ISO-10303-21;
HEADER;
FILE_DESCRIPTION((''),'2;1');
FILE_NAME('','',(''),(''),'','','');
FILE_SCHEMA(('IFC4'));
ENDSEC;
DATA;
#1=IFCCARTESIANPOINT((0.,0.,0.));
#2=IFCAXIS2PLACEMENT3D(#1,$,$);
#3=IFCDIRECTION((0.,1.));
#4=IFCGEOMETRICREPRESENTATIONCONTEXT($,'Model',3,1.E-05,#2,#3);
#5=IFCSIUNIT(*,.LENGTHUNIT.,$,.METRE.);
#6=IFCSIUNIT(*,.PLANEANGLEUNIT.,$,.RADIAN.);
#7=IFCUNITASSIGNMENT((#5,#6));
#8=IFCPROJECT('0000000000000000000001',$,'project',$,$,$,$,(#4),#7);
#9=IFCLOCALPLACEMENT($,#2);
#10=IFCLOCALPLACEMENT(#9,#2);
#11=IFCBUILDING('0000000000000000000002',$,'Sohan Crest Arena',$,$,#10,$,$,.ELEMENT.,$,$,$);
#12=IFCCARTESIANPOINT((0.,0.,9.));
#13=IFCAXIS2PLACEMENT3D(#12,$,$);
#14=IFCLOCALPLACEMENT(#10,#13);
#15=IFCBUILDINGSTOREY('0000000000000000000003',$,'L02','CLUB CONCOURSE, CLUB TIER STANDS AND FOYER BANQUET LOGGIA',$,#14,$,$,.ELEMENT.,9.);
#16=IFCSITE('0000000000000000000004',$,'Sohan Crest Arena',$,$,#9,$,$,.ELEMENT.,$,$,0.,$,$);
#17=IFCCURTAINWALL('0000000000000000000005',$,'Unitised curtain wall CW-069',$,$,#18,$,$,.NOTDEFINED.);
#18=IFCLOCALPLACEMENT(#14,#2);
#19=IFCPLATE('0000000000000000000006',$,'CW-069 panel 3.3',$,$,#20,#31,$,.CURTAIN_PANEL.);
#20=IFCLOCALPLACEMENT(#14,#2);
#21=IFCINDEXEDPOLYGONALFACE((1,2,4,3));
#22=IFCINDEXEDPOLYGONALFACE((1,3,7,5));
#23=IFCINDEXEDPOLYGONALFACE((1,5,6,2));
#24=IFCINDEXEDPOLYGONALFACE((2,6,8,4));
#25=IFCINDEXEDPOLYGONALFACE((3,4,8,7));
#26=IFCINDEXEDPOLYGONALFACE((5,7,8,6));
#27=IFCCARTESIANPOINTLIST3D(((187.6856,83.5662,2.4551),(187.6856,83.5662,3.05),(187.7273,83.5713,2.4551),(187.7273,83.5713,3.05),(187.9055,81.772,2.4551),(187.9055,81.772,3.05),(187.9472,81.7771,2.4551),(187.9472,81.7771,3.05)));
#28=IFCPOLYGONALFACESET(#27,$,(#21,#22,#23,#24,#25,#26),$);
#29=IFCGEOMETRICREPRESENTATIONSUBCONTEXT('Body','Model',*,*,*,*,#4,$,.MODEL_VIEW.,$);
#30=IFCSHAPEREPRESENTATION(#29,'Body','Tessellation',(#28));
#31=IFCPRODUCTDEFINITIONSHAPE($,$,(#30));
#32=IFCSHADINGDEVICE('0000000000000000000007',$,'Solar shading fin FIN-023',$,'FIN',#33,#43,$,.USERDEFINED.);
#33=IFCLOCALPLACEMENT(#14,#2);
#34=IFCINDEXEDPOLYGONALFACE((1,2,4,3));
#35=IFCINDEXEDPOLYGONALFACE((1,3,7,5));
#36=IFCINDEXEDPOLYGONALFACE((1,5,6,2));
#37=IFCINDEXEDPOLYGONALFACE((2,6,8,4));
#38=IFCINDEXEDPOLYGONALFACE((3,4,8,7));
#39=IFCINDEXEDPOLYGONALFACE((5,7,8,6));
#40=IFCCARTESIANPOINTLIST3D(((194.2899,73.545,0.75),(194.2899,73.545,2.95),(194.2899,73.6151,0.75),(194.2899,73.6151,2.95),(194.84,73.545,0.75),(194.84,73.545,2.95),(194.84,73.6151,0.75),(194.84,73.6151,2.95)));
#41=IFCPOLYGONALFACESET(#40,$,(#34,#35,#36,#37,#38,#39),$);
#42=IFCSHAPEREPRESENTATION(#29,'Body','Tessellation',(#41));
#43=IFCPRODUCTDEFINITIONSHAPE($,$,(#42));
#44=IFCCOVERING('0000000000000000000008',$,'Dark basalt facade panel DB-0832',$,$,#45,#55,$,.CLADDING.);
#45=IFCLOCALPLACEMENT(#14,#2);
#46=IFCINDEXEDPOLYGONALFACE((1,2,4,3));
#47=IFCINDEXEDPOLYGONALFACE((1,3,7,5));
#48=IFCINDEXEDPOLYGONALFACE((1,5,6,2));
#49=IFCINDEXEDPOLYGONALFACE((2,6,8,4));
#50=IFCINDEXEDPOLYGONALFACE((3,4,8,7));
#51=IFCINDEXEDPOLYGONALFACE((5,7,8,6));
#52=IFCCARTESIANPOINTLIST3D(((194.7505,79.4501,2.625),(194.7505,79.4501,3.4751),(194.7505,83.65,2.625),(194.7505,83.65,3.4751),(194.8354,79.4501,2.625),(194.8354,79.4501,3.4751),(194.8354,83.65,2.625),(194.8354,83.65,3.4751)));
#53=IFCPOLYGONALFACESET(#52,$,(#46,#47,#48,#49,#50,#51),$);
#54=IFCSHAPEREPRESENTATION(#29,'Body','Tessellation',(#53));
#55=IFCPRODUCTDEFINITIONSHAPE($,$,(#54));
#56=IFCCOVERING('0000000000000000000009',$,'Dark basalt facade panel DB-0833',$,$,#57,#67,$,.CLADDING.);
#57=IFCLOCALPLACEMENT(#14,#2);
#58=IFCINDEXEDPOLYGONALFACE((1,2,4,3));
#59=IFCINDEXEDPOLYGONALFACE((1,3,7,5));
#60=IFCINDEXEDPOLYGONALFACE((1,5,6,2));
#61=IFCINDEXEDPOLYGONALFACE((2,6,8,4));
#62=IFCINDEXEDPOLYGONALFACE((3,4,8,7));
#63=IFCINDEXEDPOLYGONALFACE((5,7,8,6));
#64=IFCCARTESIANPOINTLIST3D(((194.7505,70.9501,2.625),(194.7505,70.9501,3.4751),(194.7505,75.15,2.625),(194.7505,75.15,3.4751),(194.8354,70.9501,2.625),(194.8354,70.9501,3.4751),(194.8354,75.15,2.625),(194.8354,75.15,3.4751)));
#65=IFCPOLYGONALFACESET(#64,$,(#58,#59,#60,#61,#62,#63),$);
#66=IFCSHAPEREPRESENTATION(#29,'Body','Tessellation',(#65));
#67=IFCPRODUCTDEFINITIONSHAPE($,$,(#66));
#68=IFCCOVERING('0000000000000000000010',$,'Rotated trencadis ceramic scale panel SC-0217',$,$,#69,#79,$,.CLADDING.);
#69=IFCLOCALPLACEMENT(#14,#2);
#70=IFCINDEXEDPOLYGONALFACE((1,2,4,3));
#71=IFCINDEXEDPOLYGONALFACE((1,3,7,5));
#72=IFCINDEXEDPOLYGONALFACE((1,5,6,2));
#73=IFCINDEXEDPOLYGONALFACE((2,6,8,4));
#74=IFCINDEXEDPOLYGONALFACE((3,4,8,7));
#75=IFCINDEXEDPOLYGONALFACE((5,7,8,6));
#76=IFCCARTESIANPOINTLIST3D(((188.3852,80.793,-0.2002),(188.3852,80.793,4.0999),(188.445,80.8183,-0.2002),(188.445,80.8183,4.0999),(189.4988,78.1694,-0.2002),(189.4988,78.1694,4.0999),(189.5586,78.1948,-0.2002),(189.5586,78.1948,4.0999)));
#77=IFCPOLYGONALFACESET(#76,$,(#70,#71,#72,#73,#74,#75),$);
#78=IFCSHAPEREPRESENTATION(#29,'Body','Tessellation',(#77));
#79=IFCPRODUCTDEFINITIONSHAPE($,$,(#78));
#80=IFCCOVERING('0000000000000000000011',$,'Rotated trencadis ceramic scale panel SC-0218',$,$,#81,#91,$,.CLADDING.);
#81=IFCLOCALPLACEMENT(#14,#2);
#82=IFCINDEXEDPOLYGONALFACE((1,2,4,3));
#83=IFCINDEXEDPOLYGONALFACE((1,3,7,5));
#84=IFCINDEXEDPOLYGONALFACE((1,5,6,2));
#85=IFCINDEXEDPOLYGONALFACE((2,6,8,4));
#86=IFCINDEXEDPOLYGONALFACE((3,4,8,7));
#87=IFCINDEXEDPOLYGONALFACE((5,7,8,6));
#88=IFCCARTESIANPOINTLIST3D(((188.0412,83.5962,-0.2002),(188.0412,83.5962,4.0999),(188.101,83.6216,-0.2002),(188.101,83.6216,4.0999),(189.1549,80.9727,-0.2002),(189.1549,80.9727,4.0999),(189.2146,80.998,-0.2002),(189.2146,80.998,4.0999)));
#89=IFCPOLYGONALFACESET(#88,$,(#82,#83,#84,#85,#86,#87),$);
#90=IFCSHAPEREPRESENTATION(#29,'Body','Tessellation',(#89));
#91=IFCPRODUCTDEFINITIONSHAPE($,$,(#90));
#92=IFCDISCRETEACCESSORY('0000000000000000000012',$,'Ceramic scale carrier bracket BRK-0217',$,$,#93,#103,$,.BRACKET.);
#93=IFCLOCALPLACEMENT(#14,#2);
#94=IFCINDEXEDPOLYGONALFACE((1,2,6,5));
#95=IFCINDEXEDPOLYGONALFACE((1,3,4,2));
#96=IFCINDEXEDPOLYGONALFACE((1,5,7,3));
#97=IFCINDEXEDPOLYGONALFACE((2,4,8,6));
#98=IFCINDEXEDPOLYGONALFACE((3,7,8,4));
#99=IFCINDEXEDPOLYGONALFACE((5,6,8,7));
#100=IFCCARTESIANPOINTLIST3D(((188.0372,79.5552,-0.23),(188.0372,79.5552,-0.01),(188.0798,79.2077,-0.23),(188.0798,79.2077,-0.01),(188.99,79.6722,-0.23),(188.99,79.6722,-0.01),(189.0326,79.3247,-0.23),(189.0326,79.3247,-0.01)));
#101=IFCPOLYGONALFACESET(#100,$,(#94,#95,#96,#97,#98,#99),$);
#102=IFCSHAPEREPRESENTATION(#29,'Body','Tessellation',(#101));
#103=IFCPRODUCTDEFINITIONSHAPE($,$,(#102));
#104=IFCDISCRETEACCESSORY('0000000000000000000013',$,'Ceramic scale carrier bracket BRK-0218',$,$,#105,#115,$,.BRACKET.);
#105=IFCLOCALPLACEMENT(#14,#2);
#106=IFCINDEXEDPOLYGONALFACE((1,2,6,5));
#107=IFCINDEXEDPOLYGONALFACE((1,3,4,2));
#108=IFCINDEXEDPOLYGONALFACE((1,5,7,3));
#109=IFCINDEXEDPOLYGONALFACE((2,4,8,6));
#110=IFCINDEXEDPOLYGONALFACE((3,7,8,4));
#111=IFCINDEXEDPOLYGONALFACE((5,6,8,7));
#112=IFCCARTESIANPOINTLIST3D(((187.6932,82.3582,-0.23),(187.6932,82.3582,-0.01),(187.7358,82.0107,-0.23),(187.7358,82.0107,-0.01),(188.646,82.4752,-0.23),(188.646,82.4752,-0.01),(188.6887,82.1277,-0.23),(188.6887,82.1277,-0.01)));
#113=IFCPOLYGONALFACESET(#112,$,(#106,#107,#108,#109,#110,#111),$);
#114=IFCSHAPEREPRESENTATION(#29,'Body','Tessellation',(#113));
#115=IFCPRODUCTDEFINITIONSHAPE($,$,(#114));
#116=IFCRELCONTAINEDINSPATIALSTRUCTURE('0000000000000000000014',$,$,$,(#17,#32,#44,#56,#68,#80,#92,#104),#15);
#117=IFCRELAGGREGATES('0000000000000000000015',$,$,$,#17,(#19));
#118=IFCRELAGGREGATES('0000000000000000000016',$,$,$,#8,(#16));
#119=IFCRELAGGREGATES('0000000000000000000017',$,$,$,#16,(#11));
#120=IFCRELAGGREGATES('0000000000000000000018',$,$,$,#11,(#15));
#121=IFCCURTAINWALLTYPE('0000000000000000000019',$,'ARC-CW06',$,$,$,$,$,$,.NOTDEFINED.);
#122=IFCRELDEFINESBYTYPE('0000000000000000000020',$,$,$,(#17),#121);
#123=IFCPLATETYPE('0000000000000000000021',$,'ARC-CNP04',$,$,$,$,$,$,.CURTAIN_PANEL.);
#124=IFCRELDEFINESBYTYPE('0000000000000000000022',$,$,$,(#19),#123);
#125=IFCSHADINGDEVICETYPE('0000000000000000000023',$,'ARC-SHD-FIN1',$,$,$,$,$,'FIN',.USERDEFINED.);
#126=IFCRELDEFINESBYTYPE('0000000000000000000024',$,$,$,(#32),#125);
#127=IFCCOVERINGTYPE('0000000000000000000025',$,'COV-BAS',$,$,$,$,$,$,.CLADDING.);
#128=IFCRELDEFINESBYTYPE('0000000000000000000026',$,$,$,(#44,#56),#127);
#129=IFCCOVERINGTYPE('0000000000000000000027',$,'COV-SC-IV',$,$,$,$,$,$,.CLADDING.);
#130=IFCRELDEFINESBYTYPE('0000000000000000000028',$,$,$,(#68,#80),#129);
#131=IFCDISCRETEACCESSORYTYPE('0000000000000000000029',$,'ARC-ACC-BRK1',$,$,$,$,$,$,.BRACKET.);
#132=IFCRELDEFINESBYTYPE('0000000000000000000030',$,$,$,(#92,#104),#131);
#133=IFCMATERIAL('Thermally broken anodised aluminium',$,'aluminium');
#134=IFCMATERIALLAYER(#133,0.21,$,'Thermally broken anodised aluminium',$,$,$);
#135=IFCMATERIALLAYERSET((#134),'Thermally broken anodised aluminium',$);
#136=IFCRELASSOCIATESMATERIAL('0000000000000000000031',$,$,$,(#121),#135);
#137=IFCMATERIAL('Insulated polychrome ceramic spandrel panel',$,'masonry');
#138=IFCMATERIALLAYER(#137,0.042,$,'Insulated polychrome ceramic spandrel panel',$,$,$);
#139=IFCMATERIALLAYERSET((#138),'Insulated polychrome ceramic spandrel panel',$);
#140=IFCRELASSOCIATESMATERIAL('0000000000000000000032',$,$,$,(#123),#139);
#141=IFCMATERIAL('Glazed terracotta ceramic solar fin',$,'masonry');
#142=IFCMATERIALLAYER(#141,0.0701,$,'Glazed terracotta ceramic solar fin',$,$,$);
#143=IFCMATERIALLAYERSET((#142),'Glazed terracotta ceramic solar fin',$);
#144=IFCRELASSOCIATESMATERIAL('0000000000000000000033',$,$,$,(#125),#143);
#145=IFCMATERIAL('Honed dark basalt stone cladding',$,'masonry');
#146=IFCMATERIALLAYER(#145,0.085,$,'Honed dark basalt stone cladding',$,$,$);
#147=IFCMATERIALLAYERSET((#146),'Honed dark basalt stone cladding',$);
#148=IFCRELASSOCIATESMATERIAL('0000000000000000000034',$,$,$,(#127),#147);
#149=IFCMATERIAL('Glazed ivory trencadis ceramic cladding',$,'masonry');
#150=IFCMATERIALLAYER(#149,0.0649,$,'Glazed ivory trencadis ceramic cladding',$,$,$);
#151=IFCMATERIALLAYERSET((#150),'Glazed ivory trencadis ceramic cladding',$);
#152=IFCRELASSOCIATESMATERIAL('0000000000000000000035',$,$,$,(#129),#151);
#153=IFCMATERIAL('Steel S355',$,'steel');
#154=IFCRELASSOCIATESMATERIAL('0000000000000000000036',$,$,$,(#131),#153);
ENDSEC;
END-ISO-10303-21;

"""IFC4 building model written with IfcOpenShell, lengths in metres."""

from ifc_helpers import new_model, si_unit, direction, frame, origin, origin_2d, place, context, subcontext, project, spatial, rectangle, extrude, material, layer, layer_set, type_object, element, aggregate, save


model = new_model("IFC4")

# Units and contexts
model_context = context("Model", 3, precision=1e-05, world=origin(), true_north=direction((0.0, 1.0)))
body_context = subcontext(model_context, "Body", "Model", "MODEL_VIEW")
ifc_project = project(units=[si_unit("LENGTHUNIT", "METRE"), si_unit("PLANEANGLEUNIT", "RADIAN")], contexts=[model_context])

# Site, building, storey
site_placement = place(None, origin())
site = spatial("IfcSite", under=ifc_project, at=site_placement, Name="Sohan Crest Arena", CompositionType="ELEMENT", RefElevation=0.0)
building_placement = place(site_placement, origin())
building = spatial("IfcBuilding", under=site, at=building_placement, Name="Sohan Crest Arena", CompositionType="ELEMENT")
storey_placement = place(building_placement, frame((0.0, 0.0, 9.0)))
storey = spatial("IfcBuildingStorey", under=building, at=storey_placement, Name="L02", Description="CLUB CONCOURSE, CLUB TIER STANDS AND FOYER BANQUET LOGGIA", CompositionType="ELEMENT", Elevation=9.0)

# Shared definitions
ifc_material_1 = material(Name="Steel S355", Category="steel")

# Curtain wall
ifc_material_2 = material(Name="Thermally broken anodised aluminium", Category="aluminium")
ifc_layer_1 = layer(ifc_material_2, 0.21, Name="Thermally broken anodised aluminium")
ifc_layer_set_1 = layer_set([ifc_layer_1], Name="Thermally broken anodised aluminium")
curtain_wall_type_1 = type_object("IfcCurtainWallType", Name="ARC-CW06", PredefinedType="NOTDEFINED", material=ifc_layer_set_1)
curtain_wall_1_placement = place(storey_placement, origin())
curtain_wall_1 = element("IfcCurtainWall", 1, at=curtain_wall_1_placement, inside=storey, type_object=curtain_wall_type_1, Name="Unitised curtain wall CW-069", PredefinedType="NOTDEFINED")

# Plate
ifc_material_3 = material(Name="Insulated polychrome ceramic spandrel panel", Category="masonry")
ifc_layer_2 = layer(ifc_material_3, 0.042, Name="Insulated polychrome ceramic spandrel panel")
ifc_layer_set_2 = layer_set([ifc_layer_2], Name="Insulated polychrome ceramic spandrel panel")
plate_type_1 = type_object("IfcPlateType", Name="ARC-CNP04", PredefinedType="CURTAIN_PANEL", material=ifc_layer_set_2)
plate_1_placement = place(storey_placement, frame((187.8164, 82.6716, 2.4551), z_axis=(0.0, 0.0, 1.0), x_axis=(-0.121637, 0.992575, 0.0)))
plate_1 = element("IfcPlate", 2, at=plate_1_placement, type_object=plate_type_1, Name="CW-069 panel 3.3", PredefinedType="CURTAIN_PANEL", context=body_context, shape_type="SweptSolid", body=[
    extrude(rectangle(XDim=1.8076, YDim=0.042, at=origin_2d()), origin(), (0.0, 0.0, 1.0), 0.595),
])
aggregate(curtain_wall_1, [plate_1])

# Shading device
ifc_material_4 = material(Name="Glazed terracotta ceramic solar fin", Category="masonry")
ifc_layer_3 = layer(ifc_material_4, 0.0701, Name="Glazed terracotta ceramic solar fin")
ifc_layer_set_3 = layer_set([ifc_layer_3], Name="Glazed terracotta ceramic solar fin")
shading_device_type = type_object("IfcShadingDeviceType", Name="ARC-SHD-FIN1", ElementType="FIN", PredefinedType="USERDEFINED", material=ifc_layer_set_3)
shading_device_placement = place(storey_placement, frame((194.5649, 73.5801, 0.75), z_axis=(0.0, 0.0, 1.0), x_axis=(0.0, -1.0, 0.0)))
element("IfcShadingDevice", 3, at=shading_device_placement, inside=storey, type_object=shading_device_type, Name="Solar shading fin FIN-023", ObjectType="FIN", PredefinedType="USERDEFINED", context=body_context, shape_type="SweptSolid", body=[
    extrude(rectangle(XDim=0.0701, YDim=0.55, at=origin_2d()), origin(), (0.0, 0.0, 1.0), 2.2),
])

# Coverings
ifc_material_5 = material(Name="Honed dark basalt stone cladding", Category="masonry")
ifc_layer_4 = layer(ifc_material_5, 0.085, Name="Honed dark basalt stone cladding")
ifc_layer_set_4 = layer_set([ifc_layer_4], Name="Honed dark basalt stone cladding")
covering_type_1 = type_object("IfcCoveringType", Name="COV-BAS", PredefinedType="CLADDING", material=ifc_layer_set_4)
for number, where, z_axis, x_axis, name in (
    (4, (194.793, 81.55, 2.625), (0.0, 0.0, 1.0), (0.0, -1.0, 0.0), "Dark basalt facade panel DB-0832"),
    (5, (194.793, 73.05, 2.625), (0.0, 0.0, 1.0), (0.0, -1.0, 0.0), "Dark basalt facade panel DB-0833"),
):
    element("IfcCovering", number, at=place(storey_placement, frame(where, z_axis=z_axis, x_axis=x_axis)), inside=storey, type_object=covering_type_1, Name=name, PredefinedType="CLADDING", context=body_context, shape_type="SweptSolid", body=[
        extrude(rectangle(XDim=4.2, YDim=0.085, at=origin_2d()), origin(), (0.0, 0.0, 1.0), 0.8501),
    ])
ifc_material_6 = material(Name="Glazed ivory trencadis ceramic cladding", Category="masonry")
ifc_layer_5 = layer(ifc_material_6, 0.0649, Name="Glazed ivory trencadis ceramic cladding")
ifc_layer_set_5 = layer_set([ifc_layer_5], Name="Glazed ivory trencadis ceramic cladding")
covering_type_2 = type_object("IfcCoveringType", Name="COV-SC-IV", PredefinedType="CLADDING", material=ifc_layer_set_5)
for number, where, z_axis, x_axis, name in (
    (6, (188.9719, 79.4939, -0.2002), (0.0, 0.0, 1.0), (-0.390731, 0.920505, 0.0), "Rotated trencadis ceramic scale panel SC-0217"),
    (7, (188.6279, 82.2971, -0.2002), (0.0, 0.0, 1.0), (-0.390731, 0.920505, 0.0), "Rotated trencadis ceramic scale panel SC-0218"),
):
    element("IfcCovering", number, at=place(storey_placement, frame(where, z_axis=z_axis, x_axis=x_axis)), inside=storey, type_object=covering_type_2, Name=name, PredefinedType="CLADDING", context=body_context, shape_type="SweptSolid", body=[
        extrude(rectangle(XDim=2.8501, YDim=0.0649, at=origin_2d()), origin(), (0.0, 0.0, 1.0), 4.3),
    ])

# Discrete accessories
discrete_accessory_type = type_object("IfcDiscreteAccessoryType", Name="ARC-ACC-BRK1", PredefinedType="BRACKET", material=ifc_material_1)
for number, where, z_axis, x_axis, name in (
    (8, (188.5349, 79.4399, -0.23), (0.0, 0.0, 1.0), (-0.121869, 0.992546, 0.0), "Ceramic scale carrier bracket BRK-0217"),
    (9, (188.1909, 82.2429, -0.23), (0.0, 0.0, 1.0), (-0.121869, 0.992546, 0.0), "Ceramic scale carrier bracket BRK-0218"),
):
    element("IfcDiscreteAccessory", number, at=place(storey_placement, frame(where, z_axis=z_axis, x_axis=x_axis)), inside=storey, type_object=discrete_accessory_type, Name=name, PredefinedType="BRACKET", context=body_context, shape_type="SweptSolid", body=[
        extrude(rectangle(XDim=0.3501, YDim=0.96, at=origin_2d()), origin(), (0.0, 0.0, 1.0), 0.22),
    ])

save(model, "model.ifc")
